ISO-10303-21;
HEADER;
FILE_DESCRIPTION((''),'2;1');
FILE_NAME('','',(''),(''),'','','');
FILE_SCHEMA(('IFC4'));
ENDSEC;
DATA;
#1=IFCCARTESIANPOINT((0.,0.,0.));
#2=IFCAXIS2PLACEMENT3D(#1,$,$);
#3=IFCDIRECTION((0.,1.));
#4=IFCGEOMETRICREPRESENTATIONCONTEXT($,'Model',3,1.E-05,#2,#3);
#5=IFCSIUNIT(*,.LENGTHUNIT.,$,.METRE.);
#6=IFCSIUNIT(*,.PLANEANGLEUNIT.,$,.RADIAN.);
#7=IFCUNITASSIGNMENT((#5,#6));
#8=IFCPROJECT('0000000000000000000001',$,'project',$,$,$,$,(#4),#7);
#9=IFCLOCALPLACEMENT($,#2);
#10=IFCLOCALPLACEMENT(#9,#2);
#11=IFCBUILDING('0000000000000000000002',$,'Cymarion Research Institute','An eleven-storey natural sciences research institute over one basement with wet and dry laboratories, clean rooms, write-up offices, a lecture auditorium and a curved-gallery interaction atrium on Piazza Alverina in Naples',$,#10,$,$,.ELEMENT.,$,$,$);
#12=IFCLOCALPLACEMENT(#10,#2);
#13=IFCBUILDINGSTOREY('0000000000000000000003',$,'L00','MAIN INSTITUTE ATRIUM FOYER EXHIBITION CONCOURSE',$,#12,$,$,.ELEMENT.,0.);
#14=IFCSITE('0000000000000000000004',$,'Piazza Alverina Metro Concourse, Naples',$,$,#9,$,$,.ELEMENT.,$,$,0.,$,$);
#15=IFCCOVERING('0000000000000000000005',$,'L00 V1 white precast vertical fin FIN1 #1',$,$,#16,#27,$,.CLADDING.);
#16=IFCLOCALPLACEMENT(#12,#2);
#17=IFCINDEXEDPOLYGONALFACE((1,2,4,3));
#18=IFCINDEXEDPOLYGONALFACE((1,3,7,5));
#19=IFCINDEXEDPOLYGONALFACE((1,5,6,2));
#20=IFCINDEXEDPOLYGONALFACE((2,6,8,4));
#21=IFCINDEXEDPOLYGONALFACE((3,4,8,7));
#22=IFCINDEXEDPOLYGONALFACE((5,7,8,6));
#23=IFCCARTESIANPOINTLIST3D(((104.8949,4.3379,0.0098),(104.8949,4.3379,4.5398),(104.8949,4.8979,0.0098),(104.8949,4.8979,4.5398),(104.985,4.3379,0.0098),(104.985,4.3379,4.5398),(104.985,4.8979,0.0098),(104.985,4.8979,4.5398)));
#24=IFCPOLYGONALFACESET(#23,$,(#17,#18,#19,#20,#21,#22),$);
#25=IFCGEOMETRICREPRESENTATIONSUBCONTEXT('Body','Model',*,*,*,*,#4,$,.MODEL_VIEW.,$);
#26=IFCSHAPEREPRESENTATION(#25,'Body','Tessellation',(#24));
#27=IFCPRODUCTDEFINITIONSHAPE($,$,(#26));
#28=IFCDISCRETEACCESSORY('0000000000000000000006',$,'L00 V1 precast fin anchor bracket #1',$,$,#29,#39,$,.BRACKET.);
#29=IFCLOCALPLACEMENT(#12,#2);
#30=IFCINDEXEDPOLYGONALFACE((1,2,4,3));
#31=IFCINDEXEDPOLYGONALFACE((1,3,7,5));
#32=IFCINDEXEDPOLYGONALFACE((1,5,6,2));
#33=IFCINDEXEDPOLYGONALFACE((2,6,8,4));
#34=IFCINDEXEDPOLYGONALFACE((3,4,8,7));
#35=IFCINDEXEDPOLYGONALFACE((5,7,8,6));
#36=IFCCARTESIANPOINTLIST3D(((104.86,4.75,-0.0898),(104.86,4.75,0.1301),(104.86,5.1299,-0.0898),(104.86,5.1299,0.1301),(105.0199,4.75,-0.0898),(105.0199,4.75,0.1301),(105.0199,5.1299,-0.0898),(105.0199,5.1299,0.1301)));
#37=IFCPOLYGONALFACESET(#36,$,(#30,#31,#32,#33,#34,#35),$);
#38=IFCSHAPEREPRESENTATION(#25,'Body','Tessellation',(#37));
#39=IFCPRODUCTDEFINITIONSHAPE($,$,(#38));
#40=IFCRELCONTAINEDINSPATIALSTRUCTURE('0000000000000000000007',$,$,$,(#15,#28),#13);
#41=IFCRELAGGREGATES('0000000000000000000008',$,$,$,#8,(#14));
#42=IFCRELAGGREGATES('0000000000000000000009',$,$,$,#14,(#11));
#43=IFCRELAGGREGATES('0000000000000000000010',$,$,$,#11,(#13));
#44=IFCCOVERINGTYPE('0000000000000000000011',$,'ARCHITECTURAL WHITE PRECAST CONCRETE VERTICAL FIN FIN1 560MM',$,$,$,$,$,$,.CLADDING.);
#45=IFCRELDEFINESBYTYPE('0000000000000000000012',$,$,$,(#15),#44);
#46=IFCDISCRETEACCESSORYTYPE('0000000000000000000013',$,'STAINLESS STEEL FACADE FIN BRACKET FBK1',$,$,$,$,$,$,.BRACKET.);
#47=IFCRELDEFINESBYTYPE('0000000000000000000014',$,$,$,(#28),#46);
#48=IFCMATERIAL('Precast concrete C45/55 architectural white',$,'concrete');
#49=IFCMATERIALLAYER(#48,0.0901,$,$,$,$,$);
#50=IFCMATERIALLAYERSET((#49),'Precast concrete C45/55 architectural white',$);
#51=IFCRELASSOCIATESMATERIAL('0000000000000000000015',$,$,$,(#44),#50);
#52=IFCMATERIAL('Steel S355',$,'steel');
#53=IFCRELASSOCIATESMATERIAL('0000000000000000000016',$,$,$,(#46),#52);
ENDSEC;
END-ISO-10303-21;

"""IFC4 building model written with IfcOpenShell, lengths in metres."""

from ifc_helpers import new_model, si_unit, direction, frame, origin, origin_2d, place, context, subcontext, project, spatial, rectangle, extrude, material, layer, layer_set, type_object, element, save


model = new_model("IFC4")

# Units and contexts
model_context = context("Model", 3, precision=1e-05, world=origin(), true_north=direction((0.0, 1.0)))
body_context = subcontext(model_context, "Body", "Model", "MODEL_VIEW")
ifc_project = project(units=[si_unit("LENGTHUNIT", "METRE"), si_unit("PLANEANGLEUNIT", "RADIAN")], contexts=[model_context])

# Site, building, storey
site_placement = place(None, origin())
site = spatial("IfcSite", under=ifc_project, at=site_placement, Name="Piazza Alverina Metro Concourse, Naples", CompositionType="ELEMENT", RefElevation=0.0)
building_placement = place(site_placement, origin())
building = spatial("IfcBuilding", under=site, at=building_placement, Name="Cymarion Research Institute", Description="An eleven-storey natural sciences research institute over one basement with wet and dry laboratories, clean rooms, write-up offices, a lecture auditorium and a curved-gallery interaction atrium on Piazza Alverina in Naples", CompositionType="ELEMENT")
storey_placement = place(building_placement, origin())
storey = spatial("IfcBuildingStorey", under=building, at=storey_placement, Name="L00", Description="MAIN INSTITUTE ATRIUM FOYER EXHIBITION CONCOURSE", CompositionType="ELEMENT", Elevation=0.0)

# Covering
ifc_material_1 = material(Name="Precast concrete C45/55 architectural white", Category="concrete")
ifc_layer_1 = layer(ifc_material_1, 0.0901)
ifc_layer_set_1 = layer_set([ifc_layer_1], Name="Precast concrete C45/55 architectural white")
covering_type = type_object("IfcCoveringType", Name="ARCHITECTURAL WHITE PRECAST CONCRETE VERTICAL FIN FIN1 560MM", PredefinedType="CLADDING", material=ifc_layer_set_1)
covering_placement = place(storey_placement, frame((104.9399, 4.6179, 0.0098), z_axis=(0.0, 0.0, 1.0), x_axis=(0.0, -1.0, 0.0)))
element("IfcCovering", 1, at=covering_placement, inside=storey, type_object=covering_type, Name="L00 V1 white precast vertical fin FIN1 #1", PredefinedType="CLADDING", context=body_context, shape_type="SweptSolid", body=[
    extrude(rectangle(XDim=0.5601, YDim=0.0901, at=origin_2d()), origin(), (0.0, 0.0, 1.0), 4.53),
])

# Discrete accessory
ifc_material_2 = material(Name="Steel S355", Category="steel")
discrete_accessory_type = type_object("IfcDiscreteAccessoryType", Name="STAINLESS STEEL FACADE FIN BRACKET FBK1", PredefinedType="BRACKET", material=ifc_material_2)
discrete_accessory_placement = place(storey_placement, frame((104.9399, 4.9399, -0.0898), z_axis=(0.0, 0.0, 1.0), x_axis=(0.0, -1.0, 0.0)))
element("IfcDiscreteAccessory", 2, at=discrete_accessory_placement, inside=storey, type_object=discrete_accessory_type, Name="L00 V1 precast fin anchor bracket #1", PredefinedType="BRACKET", context=body_context, shape_type="SweptSolid", body=[
    extrude(rectangle(XDim=0.3799, YDim=0.1599, at=origin_2d()), origin(), (0.0, 0.0, 1.0), 0.22),
])

save(model, "model.ifc")
